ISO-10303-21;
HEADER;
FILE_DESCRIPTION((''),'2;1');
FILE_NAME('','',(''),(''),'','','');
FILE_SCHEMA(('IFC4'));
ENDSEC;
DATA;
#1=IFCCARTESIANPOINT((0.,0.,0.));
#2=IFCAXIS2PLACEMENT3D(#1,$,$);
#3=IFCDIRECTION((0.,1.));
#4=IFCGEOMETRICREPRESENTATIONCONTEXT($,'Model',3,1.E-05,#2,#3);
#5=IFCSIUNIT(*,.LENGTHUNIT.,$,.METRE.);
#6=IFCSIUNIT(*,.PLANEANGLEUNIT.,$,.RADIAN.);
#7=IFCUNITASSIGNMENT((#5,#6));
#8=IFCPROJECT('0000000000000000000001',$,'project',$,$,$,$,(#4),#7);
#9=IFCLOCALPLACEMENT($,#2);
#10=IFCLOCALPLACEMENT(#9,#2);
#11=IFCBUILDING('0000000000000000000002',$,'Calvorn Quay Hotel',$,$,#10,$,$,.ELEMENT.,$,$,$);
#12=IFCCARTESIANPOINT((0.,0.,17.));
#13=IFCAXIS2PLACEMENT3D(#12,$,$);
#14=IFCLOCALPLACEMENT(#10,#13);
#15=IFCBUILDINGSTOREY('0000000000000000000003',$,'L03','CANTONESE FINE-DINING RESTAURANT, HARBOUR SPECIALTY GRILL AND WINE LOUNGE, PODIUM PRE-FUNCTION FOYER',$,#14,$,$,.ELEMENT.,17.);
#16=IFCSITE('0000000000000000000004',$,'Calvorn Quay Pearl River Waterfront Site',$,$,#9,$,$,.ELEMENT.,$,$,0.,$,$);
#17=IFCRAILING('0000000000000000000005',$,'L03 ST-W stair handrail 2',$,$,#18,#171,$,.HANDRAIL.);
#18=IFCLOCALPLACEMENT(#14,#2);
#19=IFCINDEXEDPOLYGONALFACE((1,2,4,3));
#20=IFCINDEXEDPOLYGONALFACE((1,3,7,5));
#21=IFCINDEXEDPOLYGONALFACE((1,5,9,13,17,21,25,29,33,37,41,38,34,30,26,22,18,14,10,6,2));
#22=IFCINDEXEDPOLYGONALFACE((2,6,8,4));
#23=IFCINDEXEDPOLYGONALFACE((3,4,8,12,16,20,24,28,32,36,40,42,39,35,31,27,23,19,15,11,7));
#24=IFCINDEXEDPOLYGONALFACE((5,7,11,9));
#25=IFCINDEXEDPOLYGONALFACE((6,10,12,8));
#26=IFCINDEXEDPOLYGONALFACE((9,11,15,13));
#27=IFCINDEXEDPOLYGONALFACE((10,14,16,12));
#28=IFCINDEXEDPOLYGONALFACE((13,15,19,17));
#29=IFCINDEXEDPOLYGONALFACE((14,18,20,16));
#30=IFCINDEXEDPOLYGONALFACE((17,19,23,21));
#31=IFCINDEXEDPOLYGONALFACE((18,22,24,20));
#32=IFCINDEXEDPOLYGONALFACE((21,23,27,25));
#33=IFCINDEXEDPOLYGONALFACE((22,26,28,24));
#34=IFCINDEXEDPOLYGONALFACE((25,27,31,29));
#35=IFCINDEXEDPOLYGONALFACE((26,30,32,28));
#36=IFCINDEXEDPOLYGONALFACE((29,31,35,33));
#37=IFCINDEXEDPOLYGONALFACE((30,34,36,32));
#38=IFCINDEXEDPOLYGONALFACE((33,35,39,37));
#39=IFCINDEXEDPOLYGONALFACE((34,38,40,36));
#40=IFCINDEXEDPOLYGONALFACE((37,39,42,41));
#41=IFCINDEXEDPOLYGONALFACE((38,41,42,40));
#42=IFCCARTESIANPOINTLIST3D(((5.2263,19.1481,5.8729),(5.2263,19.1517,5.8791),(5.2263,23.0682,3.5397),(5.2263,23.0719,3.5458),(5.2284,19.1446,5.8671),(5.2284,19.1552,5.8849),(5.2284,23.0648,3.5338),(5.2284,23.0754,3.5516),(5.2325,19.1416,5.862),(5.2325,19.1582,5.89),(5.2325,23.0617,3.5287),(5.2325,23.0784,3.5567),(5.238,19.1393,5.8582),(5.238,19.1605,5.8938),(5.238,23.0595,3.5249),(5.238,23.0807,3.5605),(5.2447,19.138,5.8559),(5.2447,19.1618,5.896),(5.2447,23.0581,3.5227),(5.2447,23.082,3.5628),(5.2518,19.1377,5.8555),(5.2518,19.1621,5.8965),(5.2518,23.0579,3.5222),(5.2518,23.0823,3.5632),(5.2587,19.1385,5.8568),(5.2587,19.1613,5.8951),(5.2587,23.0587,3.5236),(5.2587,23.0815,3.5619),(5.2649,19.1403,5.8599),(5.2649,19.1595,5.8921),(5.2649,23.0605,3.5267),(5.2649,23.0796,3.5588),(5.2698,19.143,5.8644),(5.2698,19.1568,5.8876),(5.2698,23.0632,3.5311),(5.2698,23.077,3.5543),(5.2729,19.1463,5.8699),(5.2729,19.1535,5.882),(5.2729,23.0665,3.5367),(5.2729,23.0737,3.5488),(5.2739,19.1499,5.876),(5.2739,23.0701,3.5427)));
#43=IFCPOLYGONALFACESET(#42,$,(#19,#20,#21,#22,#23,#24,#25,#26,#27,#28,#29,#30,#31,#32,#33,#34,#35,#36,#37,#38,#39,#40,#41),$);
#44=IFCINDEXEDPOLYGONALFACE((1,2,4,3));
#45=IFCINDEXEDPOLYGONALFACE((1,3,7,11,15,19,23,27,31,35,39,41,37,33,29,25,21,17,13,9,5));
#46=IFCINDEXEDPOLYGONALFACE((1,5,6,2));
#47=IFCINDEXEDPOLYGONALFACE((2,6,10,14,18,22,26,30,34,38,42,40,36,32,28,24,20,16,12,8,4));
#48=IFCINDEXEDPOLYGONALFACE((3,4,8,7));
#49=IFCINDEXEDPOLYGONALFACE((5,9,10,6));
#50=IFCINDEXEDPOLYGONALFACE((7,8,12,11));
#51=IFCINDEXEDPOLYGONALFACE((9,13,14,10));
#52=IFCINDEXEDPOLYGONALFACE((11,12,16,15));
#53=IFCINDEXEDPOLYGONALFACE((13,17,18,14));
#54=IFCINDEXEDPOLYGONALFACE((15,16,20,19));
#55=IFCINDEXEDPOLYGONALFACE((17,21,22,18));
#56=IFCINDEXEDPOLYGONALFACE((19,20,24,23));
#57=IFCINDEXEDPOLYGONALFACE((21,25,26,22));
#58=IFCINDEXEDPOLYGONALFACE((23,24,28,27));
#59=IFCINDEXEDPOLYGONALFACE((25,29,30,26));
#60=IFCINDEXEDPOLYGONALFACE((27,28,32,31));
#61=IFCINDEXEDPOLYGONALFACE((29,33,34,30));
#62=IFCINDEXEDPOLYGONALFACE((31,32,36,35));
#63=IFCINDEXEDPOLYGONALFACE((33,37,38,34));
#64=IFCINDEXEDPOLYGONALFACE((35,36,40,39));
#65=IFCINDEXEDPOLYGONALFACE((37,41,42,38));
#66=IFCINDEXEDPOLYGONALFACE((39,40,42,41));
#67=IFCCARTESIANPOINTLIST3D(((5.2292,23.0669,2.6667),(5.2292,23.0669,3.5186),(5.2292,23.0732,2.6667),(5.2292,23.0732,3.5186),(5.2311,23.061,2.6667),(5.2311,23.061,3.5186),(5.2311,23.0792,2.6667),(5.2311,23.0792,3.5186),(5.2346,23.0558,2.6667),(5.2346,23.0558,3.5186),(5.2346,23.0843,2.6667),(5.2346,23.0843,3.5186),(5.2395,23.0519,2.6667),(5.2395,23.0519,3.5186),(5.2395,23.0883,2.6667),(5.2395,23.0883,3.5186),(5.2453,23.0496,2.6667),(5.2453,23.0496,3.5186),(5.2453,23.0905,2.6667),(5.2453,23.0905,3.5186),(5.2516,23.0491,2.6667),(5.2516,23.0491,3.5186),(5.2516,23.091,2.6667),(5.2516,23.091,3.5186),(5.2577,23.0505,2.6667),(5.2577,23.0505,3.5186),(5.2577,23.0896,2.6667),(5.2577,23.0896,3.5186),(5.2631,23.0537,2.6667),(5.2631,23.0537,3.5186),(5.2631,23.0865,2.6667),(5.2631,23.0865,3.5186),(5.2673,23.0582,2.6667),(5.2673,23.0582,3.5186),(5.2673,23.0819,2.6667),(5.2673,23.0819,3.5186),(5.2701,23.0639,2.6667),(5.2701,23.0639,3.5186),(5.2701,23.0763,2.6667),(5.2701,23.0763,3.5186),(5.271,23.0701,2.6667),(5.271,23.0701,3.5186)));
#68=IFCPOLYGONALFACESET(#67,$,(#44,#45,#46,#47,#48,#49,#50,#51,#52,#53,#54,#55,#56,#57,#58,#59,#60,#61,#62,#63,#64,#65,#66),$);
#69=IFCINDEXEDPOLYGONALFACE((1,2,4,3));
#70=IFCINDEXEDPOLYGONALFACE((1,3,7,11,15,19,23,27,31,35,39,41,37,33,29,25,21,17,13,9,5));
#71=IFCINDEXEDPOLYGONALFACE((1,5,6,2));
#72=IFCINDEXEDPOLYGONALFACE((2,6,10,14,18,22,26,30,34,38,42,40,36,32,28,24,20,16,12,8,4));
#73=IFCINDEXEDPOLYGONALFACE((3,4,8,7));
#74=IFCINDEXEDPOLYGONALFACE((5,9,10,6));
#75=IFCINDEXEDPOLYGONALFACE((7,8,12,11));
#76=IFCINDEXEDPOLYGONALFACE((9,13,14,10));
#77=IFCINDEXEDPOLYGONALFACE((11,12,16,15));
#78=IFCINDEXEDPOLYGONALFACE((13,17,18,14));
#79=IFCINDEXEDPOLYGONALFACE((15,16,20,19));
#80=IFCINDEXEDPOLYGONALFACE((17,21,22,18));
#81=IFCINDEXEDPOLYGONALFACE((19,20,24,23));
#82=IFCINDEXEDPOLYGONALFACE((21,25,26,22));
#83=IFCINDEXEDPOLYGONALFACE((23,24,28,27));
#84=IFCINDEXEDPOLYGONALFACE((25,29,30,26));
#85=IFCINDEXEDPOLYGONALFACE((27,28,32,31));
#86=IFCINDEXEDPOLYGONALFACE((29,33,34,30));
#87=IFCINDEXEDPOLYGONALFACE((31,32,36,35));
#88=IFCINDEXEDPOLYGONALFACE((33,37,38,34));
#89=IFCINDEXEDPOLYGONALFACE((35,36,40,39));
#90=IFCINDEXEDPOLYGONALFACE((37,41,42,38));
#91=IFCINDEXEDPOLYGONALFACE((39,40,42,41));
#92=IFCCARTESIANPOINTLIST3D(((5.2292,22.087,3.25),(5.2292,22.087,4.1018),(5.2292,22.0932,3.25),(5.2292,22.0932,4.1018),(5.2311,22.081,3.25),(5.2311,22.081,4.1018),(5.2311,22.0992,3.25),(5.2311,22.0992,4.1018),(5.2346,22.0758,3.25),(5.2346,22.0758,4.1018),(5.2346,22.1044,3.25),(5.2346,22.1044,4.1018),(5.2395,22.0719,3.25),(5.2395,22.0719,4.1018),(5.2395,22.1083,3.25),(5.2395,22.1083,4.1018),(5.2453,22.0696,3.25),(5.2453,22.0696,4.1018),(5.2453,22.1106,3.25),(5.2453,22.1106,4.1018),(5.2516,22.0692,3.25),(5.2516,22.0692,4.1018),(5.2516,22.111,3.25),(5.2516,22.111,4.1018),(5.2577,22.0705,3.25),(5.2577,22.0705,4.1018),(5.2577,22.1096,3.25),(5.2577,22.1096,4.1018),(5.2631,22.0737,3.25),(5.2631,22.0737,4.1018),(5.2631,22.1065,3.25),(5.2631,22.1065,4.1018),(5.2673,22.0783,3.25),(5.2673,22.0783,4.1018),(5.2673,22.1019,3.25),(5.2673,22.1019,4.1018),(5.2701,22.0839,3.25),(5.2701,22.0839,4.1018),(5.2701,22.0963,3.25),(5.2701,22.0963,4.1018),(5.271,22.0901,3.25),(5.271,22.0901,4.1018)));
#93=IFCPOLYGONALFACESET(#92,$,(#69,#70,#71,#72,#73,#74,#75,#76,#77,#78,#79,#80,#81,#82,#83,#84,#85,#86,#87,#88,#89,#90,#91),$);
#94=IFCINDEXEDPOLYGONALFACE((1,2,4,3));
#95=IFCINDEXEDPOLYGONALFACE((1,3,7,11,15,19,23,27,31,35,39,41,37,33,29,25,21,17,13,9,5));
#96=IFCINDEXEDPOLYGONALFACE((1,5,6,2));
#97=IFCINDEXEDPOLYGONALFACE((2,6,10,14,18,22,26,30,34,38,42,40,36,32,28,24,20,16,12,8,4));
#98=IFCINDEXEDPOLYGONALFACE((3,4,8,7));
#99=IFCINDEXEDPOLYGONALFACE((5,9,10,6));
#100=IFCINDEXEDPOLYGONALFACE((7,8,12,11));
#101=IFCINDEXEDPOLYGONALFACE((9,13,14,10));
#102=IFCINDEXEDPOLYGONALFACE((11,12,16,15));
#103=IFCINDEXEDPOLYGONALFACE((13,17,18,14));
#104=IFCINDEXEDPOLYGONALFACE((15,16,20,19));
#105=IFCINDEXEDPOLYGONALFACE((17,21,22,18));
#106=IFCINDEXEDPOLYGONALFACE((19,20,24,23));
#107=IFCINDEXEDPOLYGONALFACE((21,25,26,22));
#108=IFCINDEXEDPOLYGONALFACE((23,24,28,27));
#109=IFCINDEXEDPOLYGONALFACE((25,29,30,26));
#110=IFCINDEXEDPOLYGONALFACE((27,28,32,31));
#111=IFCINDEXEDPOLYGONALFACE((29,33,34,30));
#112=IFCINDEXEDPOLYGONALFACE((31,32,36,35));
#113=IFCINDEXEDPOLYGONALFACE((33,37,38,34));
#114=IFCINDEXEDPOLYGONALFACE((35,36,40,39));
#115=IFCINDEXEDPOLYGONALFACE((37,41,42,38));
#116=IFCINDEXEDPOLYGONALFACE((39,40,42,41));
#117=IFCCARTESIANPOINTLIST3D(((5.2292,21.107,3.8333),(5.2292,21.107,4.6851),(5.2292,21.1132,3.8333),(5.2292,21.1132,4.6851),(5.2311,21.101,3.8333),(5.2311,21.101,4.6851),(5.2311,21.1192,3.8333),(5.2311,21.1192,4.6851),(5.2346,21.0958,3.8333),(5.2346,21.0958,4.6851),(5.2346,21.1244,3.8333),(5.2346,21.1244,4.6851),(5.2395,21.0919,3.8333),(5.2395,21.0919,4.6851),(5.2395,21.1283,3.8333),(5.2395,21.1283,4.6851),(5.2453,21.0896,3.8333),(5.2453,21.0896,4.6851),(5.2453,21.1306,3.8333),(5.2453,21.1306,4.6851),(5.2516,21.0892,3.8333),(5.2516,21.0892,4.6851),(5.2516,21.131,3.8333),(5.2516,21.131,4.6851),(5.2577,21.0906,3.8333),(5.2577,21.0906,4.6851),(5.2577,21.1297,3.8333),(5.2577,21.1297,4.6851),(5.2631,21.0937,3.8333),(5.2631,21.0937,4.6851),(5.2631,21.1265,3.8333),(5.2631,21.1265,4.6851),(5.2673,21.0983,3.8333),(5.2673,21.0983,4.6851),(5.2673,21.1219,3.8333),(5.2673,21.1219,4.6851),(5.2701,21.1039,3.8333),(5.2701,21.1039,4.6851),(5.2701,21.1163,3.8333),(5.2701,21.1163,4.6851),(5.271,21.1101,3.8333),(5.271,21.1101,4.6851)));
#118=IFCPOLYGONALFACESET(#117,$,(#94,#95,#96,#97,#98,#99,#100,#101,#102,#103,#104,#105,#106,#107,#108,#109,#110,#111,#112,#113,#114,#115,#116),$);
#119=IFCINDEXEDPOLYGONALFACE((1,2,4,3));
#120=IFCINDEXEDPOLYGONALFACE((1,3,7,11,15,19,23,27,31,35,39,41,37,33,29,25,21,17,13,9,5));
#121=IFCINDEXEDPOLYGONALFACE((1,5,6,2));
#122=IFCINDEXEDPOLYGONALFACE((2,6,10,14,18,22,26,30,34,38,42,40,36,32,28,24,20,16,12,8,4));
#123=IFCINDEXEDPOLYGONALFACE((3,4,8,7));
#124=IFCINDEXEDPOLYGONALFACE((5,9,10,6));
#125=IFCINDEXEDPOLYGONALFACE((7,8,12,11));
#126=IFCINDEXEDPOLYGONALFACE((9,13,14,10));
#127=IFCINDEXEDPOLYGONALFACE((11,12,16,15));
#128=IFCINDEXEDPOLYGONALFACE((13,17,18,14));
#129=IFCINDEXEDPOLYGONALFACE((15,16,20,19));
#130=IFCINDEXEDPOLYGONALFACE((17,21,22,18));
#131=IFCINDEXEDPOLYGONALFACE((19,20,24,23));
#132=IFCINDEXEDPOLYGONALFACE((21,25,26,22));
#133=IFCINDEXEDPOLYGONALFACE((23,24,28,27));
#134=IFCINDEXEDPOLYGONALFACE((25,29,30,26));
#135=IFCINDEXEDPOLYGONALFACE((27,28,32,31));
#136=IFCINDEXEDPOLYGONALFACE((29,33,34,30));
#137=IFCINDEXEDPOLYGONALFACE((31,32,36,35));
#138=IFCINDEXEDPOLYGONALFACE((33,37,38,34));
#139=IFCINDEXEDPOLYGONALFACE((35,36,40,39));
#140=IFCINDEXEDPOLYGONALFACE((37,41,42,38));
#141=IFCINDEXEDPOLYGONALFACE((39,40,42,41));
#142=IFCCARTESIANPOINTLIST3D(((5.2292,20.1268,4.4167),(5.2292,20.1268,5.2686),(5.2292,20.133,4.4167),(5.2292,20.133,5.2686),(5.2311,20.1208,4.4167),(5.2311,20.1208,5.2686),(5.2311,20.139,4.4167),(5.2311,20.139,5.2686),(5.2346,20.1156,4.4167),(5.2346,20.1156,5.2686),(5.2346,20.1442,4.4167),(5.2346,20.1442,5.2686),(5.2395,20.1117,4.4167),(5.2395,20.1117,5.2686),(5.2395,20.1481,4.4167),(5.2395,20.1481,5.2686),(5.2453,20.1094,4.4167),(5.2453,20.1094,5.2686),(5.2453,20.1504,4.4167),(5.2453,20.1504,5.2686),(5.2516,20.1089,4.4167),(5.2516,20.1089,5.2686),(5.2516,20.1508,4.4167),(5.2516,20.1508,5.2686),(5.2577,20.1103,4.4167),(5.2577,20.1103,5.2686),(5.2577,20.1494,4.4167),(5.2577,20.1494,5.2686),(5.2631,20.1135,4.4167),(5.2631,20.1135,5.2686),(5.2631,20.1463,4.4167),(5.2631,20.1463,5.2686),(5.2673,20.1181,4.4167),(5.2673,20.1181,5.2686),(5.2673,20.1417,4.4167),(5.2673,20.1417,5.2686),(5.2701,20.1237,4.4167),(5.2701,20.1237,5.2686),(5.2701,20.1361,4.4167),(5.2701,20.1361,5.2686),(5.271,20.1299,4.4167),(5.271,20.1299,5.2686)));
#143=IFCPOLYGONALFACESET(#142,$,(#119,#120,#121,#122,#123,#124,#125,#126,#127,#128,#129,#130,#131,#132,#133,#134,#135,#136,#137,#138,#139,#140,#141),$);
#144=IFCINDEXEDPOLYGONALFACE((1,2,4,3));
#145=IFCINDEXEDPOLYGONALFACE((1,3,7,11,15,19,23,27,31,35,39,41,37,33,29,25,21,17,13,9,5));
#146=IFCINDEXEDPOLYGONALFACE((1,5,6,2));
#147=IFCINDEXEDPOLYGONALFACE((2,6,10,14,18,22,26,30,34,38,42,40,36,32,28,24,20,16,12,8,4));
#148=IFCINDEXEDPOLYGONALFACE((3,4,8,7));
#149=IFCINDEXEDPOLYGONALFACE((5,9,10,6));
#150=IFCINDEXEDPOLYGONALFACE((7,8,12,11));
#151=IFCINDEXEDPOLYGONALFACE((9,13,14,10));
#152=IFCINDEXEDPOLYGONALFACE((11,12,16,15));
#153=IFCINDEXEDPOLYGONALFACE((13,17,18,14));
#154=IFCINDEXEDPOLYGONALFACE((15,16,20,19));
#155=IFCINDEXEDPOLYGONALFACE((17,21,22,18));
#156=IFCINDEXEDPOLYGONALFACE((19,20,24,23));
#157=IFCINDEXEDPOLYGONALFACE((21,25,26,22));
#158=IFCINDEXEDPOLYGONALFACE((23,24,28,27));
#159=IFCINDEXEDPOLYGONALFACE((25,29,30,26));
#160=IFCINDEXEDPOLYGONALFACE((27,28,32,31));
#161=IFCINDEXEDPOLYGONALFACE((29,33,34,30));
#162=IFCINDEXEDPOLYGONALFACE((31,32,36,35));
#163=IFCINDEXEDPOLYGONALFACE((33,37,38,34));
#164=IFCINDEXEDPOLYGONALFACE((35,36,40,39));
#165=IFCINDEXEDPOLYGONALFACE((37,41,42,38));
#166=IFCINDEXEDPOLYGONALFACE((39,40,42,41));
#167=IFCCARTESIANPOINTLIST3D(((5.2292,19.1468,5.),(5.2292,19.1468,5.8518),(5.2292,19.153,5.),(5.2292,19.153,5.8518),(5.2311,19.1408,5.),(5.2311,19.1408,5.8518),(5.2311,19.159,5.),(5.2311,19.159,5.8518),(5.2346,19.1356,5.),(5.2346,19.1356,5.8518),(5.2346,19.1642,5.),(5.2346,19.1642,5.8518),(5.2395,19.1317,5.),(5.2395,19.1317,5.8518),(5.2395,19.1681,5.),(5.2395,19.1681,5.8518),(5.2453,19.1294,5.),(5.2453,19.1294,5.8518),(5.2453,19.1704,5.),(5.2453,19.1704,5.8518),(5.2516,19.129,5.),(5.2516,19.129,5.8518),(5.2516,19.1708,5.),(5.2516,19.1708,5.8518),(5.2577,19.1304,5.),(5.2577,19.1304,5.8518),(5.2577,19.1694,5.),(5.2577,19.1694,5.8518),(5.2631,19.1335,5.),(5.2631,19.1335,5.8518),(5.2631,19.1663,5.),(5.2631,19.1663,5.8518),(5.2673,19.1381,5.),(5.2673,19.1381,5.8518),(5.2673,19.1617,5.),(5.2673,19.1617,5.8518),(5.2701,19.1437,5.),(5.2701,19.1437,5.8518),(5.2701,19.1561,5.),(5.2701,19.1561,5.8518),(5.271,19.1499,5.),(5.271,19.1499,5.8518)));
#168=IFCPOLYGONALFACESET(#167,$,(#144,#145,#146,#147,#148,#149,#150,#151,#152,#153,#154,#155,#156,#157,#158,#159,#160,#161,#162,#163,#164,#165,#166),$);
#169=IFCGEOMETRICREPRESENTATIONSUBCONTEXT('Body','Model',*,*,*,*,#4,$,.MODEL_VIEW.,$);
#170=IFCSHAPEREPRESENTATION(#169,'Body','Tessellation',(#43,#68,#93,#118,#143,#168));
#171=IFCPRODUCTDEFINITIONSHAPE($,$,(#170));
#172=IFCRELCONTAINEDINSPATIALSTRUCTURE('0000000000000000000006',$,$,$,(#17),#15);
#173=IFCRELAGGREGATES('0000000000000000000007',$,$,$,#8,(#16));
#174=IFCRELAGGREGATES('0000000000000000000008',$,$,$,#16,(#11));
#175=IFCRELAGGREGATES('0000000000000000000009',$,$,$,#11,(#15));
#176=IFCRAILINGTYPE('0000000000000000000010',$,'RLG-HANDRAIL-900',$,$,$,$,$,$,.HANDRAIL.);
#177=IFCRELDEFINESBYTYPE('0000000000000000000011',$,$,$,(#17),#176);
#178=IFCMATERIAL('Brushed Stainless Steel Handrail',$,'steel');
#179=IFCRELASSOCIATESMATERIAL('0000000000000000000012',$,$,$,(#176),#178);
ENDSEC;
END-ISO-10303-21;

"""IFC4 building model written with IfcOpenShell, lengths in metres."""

from ifc_helpers import new_model, si_unit, direction, frame, origin, origin_2d, place, context, subcontext, project, spatial, circle, extrude, material, type_object, element, save


model = new_model("IFC4")

# Units and contexts
model_context = context("Model", 3, precision=1e-05, world=origin(), true_north=direction((0.0, 1.0)))
body_context = subcontext(model_context, "Body", "Model", "MODEL_VIEW")
ifc_project = project(units=[si_unit("LENGTHUNIT", "METRE"), si_unit("PLANEANGLEUNIT", "RADIAN")], contexts=[model_context])

# Site, building, storey
site_placement = place(None, origin())
site = spatial("IfcSite", under=ifc_project, at=site_placement, Name="Calvorn Quay Pearl River Waterfront Site", CompositionType="ELEMENT", RefElevation=0.0)
building_placement = place(site_placement, origin())
building = spatial("IfcBuilding", under=site, at=building_placement, Name="Calvorn Quay Hotel", CompositionType="ELEMENT")
storey_placement = place(building_placement, frame((0.0, 0.0, 17.0)))
storey = spatial("IfcBuildingStorey", under=building, at=storey_placement, Name="L03", Description="CANTONESE FINE-DINING RESTAURANT, HARBOUR SPECIALTY GRILL AND WINE LOUNGE, PODIUM PRE-FUNCTION FOYER", CompositionType="ELEMENT", Elevation=17.0)

# Railing
ifc_material_1 = material(Name="Brushed Stainless Steel Handrail", Category="steel")
railing_type_1 = type_object("IfcRailingType", Name="RLG-HANDRAIL-900", PredefinedType="HANDRAIL", material=ifc_material_1)
railing_1_placement = place(storey_placement, frame((5.25, 23.0701, 2.6667)))
element("IfcRailing", 1, at=railing_1_placement, inside=storey, type_object=railing_type_1, Name="L03 ST-W stair handrail 2", PredefinedType="HANDRAIL", context=body_context, shape_type="SweptSolid", body=[
    extrude(circle(Radius=0.0239, at=origin_2d()), frame((0.0, 0.0, 0.876), z_axis=(0.0, -0.85931, 0.511455), x_axis=(1.0, 0.0, 0.0)), (0.0, 0.0, 1.0), 4.562),
    extrude(circle(Radius=0.021, at=origin_2d()), origin(), (0.0, 0.0, 1.0), 0.8518),
    extrude(circle(Radius=0.021, at=origin_2d()), frame((0.0, -0.98, 0.5833)), (0.0, 0.0, 1.0), 0.8518),
    extrude(circle(Radius=0.021, at=origin_2d()), frame((0.0, -1.96, 1.1665)), (0.0, 0.0, 1.0), 0.8518),
    extrude(circle(Radius=0.021, at=origin_2d()), frame((0.0, -2.9402, 1.75)), (0.0, 0.0, 1.0), 0.8518),
    extrude(circle(Radius=0.021, at=origin_2d()), frame((0.0, -3.9202, 2.3333)), (0.0, 0.0, 1.0), 0.8518),
])

save(model, "model.ifc")
